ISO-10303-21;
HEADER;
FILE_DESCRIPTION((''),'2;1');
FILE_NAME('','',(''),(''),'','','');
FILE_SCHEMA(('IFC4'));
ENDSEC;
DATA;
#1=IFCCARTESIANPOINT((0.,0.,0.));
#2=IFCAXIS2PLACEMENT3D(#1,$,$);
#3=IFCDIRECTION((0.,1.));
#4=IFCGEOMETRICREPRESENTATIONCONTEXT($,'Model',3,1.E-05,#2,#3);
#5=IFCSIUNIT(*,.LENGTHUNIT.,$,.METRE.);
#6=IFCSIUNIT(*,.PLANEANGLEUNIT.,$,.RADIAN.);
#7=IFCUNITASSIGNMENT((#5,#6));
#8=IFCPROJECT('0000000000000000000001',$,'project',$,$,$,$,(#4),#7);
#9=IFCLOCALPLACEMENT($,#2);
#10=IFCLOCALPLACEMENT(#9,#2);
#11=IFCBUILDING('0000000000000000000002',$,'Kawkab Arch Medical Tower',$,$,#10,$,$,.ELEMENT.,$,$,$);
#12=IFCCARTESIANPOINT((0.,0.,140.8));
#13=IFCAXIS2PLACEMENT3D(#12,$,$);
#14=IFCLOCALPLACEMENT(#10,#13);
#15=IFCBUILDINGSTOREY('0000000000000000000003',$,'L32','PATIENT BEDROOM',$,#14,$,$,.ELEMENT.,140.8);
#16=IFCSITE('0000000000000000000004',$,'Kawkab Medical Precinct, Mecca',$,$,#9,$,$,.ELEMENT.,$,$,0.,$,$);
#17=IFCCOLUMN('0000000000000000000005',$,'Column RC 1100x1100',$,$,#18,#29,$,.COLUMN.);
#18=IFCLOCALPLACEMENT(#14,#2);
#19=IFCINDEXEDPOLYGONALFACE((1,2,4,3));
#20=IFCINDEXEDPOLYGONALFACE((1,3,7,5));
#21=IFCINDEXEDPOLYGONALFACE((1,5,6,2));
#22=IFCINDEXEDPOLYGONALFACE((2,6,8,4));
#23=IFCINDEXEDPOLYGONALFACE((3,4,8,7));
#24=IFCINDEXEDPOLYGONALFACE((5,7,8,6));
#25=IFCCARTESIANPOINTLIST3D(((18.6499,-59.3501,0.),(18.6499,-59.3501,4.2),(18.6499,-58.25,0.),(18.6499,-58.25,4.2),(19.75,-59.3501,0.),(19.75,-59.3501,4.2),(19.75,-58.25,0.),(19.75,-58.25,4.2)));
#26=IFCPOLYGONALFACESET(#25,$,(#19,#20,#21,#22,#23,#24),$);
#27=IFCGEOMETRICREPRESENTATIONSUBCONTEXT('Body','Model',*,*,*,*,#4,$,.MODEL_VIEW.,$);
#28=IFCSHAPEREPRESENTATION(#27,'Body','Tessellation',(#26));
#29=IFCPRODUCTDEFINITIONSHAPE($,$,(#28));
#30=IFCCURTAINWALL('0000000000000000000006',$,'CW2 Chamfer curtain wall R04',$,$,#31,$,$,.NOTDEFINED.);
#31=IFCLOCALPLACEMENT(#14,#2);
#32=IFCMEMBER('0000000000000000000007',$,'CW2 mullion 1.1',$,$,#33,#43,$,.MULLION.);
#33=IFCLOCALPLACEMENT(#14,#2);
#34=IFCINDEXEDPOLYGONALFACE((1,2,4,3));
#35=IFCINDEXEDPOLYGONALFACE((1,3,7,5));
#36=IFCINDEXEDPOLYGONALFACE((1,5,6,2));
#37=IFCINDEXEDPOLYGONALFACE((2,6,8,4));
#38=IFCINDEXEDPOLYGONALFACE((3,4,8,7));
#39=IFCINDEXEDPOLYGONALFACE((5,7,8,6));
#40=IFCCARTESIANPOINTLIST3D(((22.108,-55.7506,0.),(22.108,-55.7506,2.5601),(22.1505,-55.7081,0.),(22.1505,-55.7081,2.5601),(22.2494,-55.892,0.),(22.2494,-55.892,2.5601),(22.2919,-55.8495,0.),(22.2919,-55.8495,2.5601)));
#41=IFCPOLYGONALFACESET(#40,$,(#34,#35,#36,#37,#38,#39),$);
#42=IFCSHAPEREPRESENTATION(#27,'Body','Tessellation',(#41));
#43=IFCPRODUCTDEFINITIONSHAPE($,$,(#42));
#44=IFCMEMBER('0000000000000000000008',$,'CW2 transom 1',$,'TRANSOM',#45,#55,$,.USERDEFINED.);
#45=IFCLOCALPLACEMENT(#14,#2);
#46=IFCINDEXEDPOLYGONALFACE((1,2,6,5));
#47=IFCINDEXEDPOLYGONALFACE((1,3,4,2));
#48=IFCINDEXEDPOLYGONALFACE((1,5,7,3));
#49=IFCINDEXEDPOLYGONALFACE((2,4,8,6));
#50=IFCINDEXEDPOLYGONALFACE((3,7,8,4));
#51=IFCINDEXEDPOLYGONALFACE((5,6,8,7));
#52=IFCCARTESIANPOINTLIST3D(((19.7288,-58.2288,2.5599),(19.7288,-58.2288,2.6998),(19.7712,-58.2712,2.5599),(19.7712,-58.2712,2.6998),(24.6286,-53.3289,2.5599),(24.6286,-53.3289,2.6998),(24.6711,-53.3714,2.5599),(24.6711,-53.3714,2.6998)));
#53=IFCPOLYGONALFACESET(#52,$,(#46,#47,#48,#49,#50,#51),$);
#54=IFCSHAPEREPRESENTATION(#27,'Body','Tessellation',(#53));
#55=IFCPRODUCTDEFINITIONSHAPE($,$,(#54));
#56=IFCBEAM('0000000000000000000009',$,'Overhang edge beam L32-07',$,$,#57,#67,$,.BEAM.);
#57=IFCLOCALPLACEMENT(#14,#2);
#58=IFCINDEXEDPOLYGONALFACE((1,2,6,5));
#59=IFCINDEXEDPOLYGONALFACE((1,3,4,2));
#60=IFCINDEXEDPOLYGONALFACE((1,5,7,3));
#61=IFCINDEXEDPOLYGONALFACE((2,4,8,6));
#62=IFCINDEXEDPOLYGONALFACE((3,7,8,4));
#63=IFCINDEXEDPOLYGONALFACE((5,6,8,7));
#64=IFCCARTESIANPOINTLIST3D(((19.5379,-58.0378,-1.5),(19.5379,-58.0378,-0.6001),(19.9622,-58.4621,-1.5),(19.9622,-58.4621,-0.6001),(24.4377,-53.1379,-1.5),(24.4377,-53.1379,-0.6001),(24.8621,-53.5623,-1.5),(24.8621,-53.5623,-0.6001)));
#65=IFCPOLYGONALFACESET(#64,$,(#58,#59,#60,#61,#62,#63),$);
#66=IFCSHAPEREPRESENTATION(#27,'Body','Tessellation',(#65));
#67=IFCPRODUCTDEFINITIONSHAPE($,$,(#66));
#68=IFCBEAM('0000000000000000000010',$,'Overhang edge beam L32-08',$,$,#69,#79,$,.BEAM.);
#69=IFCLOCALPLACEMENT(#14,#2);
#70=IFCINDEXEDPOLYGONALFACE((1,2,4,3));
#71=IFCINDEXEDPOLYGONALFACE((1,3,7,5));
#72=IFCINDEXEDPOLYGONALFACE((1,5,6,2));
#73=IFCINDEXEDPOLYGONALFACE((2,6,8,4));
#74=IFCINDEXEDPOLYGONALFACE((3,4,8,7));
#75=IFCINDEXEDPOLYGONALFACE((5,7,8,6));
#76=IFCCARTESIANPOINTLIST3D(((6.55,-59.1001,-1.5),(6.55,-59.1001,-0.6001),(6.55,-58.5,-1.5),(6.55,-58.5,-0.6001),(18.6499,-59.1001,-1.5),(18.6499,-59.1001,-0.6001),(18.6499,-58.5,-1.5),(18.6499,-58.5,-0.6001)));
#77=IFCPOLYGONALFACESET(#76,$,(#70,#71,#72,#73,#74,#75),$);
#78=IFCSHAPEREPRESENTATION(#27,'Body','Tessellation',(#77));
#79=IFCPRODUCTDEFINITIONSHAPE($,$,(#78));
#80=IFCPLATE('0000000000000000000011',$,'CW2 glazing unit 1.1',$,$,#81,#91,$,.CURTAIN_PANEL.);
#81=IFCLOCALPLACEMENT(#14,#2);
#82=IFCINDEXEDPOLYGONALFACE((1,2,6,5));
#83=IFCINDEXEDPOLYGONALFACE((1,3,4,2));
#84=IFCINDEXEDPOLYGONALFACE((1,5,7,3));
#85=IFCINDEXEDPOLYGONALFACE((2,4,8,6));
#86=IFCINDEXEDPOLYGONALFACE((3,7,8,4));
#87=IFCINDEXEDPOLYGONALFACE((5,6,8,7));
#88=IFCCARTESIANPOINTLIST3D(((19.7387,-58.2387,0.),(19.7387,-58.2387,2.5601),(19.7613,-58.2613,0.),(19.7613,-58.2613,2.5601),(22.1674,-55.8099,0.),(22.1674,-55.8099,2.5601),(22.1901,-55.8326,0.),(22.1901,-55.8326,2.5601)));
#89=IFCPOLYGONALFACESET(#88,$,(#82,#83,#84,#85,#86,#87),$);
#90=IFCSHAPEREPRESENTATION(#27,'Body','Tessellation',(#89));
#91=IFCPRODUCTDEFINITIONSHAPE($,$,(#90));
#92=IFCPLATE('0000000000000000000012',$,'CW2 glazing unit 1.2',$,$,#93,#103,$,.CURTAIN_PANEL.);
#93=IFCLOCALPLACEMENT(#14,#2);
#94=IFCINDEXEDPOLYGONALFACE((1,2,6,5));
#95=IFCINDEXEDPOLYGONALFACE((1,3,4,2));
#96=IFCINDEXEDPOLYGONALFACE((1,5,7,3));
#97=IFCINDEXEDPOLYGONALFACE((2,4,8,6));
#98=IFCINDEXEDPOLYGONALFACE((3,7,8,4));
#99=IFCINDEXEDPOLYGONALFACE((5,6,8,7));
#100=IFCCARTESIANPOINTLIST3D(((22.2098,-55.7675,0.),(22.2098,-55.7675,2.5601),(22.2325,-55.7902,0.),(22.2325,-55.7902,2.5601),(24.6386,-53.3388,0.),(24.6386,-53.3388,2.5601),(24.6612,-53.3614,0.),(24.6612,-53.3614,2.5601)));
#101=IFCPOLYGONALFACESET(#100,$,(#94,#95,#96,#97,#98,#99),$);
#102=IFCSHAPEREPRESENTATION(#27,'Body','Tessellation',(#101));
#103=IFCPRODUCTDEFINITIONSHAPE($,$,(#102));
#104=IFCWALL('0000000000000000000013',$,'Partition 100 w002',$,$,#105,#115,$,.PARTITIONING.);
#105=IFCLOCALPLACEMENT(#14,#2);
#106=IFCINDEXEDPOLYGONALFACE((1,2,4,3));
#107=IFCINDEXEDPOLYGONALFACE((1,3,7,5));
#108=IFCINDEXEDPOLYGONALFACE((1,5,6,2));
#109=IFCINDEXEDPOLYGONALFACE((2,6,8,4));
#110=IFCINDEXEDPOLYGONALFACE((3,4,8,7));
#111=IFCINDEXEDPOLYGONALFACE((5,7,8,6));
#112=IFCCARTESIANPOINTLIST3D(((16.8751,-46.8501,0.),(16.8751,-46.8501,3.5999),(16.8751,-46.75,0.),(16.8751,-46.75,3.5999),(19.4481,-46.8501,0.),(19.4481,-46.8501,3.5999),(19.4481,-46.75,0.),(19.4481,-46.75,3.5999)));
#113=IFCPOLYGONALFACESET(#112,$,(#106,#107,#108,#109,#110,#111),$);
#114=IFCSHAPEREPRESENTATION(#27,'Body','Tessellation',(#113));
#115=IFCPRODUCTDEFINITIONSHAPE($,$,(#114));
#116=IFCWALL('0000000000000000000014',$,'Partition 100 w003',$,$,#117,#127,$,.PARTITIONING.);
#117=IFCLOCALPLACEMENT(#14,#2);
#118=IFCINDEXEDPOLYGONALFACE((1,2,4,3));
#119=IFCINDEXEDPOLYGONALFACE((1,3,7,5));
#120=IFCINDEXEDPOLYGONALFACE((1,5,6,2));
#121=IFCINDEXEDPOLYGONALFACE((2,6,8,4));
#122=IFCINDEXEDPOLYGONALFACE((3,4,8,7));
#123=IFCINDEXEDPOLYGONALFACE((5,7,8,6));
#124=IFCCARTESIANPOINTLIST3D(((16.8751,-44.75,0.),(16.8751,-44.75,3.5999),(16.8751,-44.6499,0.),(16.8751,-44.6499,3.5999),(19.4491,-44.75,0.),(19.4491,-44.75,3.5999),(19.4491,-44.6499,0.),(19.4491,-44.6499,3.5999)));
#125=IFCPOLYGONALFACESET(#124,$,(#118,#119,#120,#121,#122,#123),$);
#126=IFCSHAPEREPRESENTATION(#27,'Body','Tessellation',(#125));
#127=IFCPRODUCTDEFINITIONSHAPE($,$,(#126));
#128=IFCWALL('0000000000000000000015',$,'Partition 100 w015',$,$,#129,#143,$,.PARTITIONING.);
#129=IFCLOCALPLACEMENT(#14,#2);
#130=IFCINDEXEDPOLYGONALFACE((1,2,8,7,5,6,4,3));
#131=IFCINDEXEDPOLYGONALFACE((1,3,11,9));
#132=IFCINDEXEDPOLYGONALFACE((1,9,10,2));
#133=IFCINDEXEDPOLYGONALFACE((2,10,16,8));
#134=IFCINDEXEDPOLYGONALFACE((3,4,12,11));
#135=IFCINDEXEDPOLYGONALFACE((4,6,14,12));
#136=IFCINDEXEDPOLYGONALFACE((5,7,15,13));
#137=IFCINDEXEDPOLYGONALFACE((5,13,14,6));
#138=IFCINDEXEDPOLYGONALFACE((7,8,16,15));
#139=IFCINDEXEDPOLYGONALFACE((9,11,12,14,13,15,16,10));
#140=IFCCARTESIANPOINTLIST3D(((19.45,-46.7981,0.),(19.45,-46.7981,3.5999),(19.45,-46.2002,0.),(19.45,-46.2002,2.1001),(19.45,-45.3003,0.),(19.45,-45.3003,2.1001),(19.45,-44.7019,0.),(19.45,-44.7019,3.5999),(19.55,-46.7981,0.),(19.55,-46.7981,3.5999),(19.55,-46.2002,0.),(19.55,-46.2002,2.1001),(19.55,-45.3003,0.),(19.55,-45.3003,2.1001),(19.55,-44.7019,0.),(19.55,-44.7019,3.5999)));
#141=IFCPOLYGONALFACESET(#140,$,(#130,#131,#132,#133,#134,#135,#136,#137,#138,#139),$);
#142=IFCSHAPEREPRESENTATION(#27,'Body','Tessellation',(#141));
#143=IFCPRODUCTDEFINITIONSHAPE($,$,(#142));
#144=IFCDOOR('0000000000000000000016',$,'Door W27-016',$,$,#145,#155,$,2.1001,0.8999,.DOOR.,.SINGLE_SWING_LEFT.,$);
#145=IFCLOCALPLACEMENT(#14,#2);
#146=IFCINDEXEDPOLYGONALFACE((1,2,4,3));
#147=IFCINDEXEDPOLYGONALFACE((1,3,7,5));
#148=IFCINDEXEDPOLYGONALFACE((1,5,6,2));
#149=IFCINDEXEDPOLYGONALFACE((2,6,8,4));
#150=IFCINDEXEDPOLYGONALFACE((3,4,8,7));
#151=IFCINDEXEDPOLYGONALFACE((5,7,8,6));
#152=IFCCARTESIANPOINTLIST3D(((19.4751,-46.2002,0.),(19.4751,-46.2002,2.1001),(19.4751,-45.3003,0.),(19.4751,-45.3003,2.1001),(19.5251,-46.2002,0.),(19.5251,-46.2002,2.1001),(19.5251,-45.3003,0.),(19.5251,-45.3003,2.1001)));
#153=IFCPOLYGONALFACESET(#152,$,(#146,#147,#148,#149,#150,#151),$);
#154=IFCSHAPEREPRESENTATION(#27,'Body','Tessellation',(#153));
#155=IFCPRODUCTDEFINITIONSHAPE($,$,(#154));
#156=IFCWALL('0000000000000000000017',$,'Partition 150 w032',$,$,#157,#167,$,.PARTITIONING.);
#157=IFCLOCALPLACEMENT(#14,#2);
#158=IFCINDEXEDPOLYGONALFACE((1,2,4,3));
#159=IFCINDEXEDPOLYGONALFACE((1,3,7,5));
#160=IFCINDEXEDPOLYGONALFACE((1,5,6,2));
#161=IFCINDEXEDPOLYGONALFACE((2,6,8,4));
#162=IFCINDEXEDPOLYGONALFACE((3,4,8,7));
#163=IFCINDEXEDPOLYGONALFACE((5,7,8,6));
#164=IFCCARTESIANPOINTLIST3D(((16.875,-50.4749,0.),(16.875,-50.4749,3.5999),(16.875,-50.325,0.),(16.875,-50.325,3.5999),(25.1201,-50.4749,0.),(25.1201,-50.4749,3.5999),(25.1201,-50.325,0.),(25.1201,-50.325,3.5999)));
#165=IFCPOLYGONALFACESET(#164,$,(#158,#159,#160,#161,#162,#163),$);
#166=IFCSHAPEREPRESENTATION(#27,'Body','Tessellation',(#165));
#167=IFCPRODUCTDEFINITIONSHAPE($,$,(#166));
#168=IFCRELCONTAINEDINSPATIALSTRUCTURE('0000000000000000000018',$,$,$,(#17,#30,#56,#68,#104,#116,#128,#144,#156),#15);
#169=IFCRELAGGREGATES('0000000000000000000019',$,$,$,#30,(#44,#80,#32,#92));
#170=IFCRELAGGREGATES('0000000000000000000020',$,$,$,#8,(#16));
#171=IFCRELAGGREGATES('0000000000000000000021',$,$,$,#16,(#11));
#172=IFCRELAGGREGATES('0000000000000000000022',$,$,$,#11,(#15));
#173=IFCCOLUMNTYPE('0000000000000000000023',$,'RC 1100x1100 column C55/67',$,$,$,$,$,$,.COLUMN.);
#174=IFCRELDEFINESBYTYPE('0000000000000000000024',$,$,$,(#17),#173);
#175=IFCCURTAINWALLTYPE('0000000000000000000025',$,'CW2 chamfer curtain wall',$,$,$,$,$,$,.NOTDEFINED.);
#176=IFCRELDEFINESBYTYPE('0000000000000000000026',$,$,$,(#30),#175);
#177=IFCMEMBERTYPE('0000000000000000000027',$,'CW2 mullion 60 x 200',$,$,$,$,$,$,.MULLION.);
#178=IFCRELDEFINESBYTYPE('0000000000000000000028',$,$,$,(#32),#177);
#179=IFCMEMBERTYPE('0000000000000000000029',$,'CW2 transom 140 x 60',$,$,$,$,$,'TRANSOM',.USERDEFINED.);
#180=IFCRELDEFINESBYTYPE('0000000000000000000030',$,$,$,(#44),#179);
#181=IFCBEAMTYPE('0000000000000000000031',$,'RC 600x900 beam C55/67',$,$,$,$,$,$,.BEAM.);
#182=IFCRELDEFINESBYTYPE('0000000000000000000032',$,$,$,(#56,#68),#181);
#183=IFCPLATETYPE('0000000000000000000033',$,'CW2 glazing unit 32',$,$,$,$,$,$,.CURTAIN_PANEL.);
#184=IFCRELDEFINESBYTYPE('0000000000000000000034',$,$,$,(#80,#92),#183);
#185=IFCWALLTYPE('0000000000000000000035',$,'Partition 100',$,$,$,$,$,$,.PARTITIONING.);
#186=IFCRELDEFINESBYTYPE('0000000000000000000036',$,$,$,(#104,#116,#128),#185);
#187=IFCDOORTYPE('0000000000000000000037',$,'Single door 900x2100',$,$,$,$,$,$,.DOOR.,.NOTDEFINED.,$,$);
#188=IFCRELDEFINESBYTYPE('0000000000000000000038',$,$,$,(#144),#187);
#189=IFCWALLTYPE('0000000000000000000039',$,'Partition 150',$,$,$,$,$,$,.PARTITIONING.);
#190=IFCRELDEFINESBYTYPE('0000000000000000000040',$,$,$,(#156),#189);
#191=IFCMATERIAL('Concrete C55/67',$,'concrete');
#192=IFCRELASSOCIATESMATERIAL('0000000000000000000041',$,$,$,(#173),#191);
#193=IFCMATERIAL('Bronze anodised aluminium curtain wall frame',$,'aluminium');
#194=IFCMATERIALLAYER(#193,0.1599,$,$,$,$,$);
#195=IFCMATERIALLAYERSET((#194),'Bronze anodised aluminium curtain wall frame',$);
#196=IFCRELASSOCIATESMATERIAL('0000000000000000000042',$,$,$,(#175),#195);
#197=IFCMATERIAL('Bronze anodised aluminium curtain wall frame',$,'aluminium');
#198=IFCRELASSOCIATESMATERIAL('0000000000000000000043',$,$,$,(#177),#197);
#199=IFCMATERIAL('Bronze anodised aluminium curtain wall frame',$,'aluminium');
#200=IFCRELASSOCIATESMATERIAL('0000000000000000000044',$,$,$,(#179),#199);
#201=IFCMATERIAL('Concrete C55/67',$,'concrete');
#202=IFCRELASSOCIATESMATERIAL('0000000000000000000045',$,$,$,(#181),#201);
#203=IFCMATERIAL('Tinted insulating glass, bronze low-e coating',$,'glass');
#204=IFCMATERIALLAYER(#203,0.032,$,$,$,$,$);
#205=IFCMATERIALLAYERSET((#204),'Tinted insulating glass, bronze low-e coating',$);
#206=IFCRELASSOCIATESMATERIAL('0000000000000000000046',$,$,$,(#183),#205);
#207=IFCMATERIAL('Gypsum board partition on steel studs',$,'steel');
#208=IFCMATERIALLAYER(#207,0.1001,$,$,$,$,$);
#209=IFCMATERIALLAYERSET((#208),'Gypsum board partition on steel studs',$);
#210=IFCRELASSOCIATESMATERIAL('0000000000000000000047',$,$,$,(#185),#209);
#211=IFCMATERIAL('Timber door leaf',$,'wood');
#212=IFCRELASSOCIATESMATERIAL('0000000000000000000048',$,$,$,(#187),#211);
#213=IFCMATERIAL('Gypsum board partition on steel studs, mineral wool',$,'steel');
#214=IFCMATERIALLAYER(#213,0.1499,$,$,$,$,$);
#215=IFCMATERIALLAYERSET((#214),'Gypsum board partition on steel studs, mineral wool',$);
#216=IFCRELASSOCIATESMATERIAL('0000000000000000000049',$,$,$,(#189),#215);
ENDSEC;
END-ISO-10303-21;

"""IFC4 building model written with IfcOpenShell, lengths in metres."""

from ifc_helpers import new_model, si_unit, direction, frame, frame_2d, origin, origin_2d, place, context, subcontext, project, spatial, rectangle, extrude, material, layer, layer_set, material_profile, profile_set, type_object, element, fill, aggregate, save


model = new_model("IFC4")

# Units and contexts
model_context = context("Model", 3, precision=1e-05, world=origin(), true_north=direction((0.0, 1.0)))
body_context = subcontext(model_context, "Body", "Model", "MODEL_VIEW")
ifc_project = project(units=[si_unit("LENGTHUNIT", "METRE"), si_unit("PLANEANGLEUNIT", "RADIAN")], contexts=[model_context])

# Site, building, storey
site_placement = place(None, origin())
site = spatial("IfcSite", under=ifc_project, at=site_placement, Name="Kawkab Medical Precinct, Mecca", CompositionType="ELEMENT", RefElevation=0.0)
building_placement = place(site_placement, origin())
building = spatial("IfcBuilding", under=site, at=building_placement, Name="Kawkab Arch Medical Tower", CompositionType="ELEMENT")
storey_placement = place(building_placement, frame((0.0, 0.0, 140.8)))
storey = spatial("IfcBuildingStorey", under=building, at=storey_placement, Name="L32", Description="PATIENT BEDROOM", CompositionType="ELEMENT", Elevation=140.8)

# Column
ifc_material_1 = material(Name="Concrete C55/67", Category="concrete")
ifc_material_profile_1 = material_profile(ifc_material_1, rectangle(XDim=1.1001, YDim=1.1001, at=origin_2d()), Name="RC 1100x1100")
ifc_profile_set_1 = profile_set([ifc_material_profile_1], Name="Concrete C55/67")
column_type = type_object("IfcColumnType", Name="RC 1100x1100 column C55/67", PredefinedType="COLUMN", material=ifc_profile_set_1)
column_placement = place(storey_placement, frame((19.2, -58.8, 0.0), z_axis=(0.0, 0.0, 1.0), x_axis=(1.0, 0.0, 0.0)))
element("IfcColumn", 1, at=column_placement, inside=storey, type_object=column_type, Name="Column RC 1100x1100", PredefinedType="COLUMN", context=body_context, shape_type="SweptSolid", body=[
    extrude(rectangle(XDim=1.1001, YDim=1.1001, at=origin_2d()), origin(), (0.0, 0.0, 1.0), 4.2),
])

# Curtain wall, members
ifc_material_2 = material(Name="Bronze anodised aluminium curtain wall frame", Category="aluminium")
ifc_layer_1 = layer(ifc_material_2, 0.1599)
ifc_layer_set_1 = layer_set([ifc_layer_1], Name="Bronze anodised aluminium curtain wall frame")
curtain_wall_type = type_object("IfcCurtainWallType", Name="CW2 chamfer curtain wall", PredefinedType="NOTDEFINED", material=ifc_layer_set_1)
curtain_wall_placement = place(storey_placement, origin())
curtain_wall = element("IfcCurtainWall", 2, at=curtain_wall_placement, inside=storey, type_object=curtain_wall_type, Name="CW2 Chamfer curtain wall R04", PredefinedType="NOTDEFINED")
ifc_material_3 = material(Name="Bronze anodised aluminium curtain wall frame", Category="aluminium")
ifc_material_profile_2 = material_profile(ifc_material_3, rectangle(XDim=0.2, YDim=0.0601, at=origin_2d()), Name="AL 60x200")
ifc_profile_set_2 = profile_set([ifc_material_profile_2], Name="Bronze anodised aluminium curtain wall frame")
member_type_1 = type_object("IfcMemberType", Name="CW2 mullion 60 x 200", PredefinedType="MULLION", material=ifc_profile_set_2)
member_1_placement = place(storey_placement, frame((22.2, -55.8, 0.0), z_axis=(0.0, 0.0, 1.0), x_axis=(-0.707107, 0.707107, 0.0)))
member_1 = element("IfcMember", 3, at=member_1_placement, type_object=member_type_1, Name="CW2 mullion 1.1", PredefinedType="MULLION", context=body_context, shape_type="SweptSolid", body=[
    extrude(rectangle(XDim=0.2, YDim=0.0601, at=origin_2d()), origin(), (0.0, 0.0, 1.0), 2.5601),
])
ifc_material_4 = material(Name="Bronze anodised aluminium curtain wall frame", Category="aluminium")
ifc_material_profile_3 = material_profile(ifc_material_4, rectangle(XDim=0.0601, YDim=0.1399, at=origin_2d()), Name="AL 60x140")
ifc_profile_set_3 = profile_set([ifc_material_profile_3], Name="Bronze anodised aluminium curtain wall frame")
member_type_2 = type_object("IfcMemberType", Name="CW2 transom 140 x 60", ElementType="TRANSOM", PredefinedType="USERDEFINED", material=ifc_profile_set_3)
member_2_placement = place(storey_placement, frame((19.75, -58.25, 2.6299), z_axis=(0.707107, 0.707107, 0.0), x_axis=(-0.707107, 0.707107, 0.0)))
member_2 = element("IfcMember", 4, at=member_2_placement, type_object=member_type_2, Name="CW2 transom 1", ObjectType="TRANSOM", PredefinedType="USERDEFINED", context=body_context, shape_type="SweptSolid", body=[
    extrude(rectangle(XDim=0.0601, YDim=0.1399, at=origin_2d()), origin(), (0.0, 0.0, 1.0), 6.9294),
])

# Beams
ifc_material_5 = material(Name="Concrete C55/67", Category="concrete")
ifc_material_profile_4 = material_profile(ifc_material_5, rectangle(XDim=0.6001, YDim=0.8999, at=origin_2d()), Name="RC 600x900")
ifc_profile_set_4 = profile_set([ifc_material_profile_4], Name="Concrete C55/67")
beam_type = type_object("IfcBeamType", Name="RC 600x900 beam C55/67", PredefinedType="BEAM", material=ifc_profile_set_4)
beam_1_placement = place(storey_placement, frame((24.6499, -53.3501, -1.05), z_axis=(-0.707107, -0.707107, 0.0), x_axis=(0.707107, -0.707107, 0.0)))
element("IfcBeam", 5, at=beam_1_placement, inside=storey, type_object=beam_type, Name="Overhang edge beam L32-07", PredefinedType="BEAM", context=body_context, shape_type="SweptSolid", body=[
    extrude(rectangle(XDim=0.6001, YDim=0.8999, at=origin_2d()), origin(), (0.0, 0.0, 1.0), 6.9294),
])
beam_2_placement = place(storey_placement, frame((18.6499, -58.8, -1.05), z_axis=(-1.0, 0.0, 0.0), x_axis=(0.0, -1.0, 0.0)))
element("IfcBeam", 6, at=beam_2_placement, inside=storey, type_object=beam_type, Name="Overhang edge beam L32-08", PredefinedType="BEAM", context=body_context, shape_type="SweptSolid", body=[
    extrude(rectangle(XDim=0.6001, YDim=0.8999, at=origin_2d()), origin(), (0.0, 0.0, 1.0), 12.0999),
])

# Plates
ifc_material_6 = material(Name="Tinted insulating glass, bronze low-e coating", Category="glass")
ifc_layer_2 = layer(ifc_material_6, 0.032)
ifc_layer_set_2 = layer_set([ifc_layer_2], Name="Tinted insulating glass, bronze low-e coating")
plate_type = type_object("IfcPlateType", Name="CW2 glazing unit 32", PredefinedType="CURTAIN_PANEL", material=ifc_layer_set_2)
plate_1_placement = place(storey_placement, frame((20.9644, -57.0356, 0.0), z_axis=(0.0, 0.0, 1.0), x_axis=(0.707107, 0.707107, 0.0)))
plate_1 = element("IfcPlate", 7, at=plate_1_placement, type_object=plate_type, Name="CW2 glazing unit 1.1", PredefinedType="CURTAIN_PANEL", context=body_context, shape_type="SweptSolid", body=[
    extrude(rectangle(XDim=3.4348, YDim=0.032, at=origin_2d()), origin(), (0.0, 0.0, 1.0), 2.5601),
])
plate_2_placement = place(storey_placement, frame((23.4355, -54.5645, 0.0), z_axis=(0.0, 0.0, 1.0), x_axis=(0.707107, 0.707107, 0.0)))
plate_2 = element("IfcPlate", 8, at=plate_2_placement, type_object=plate_type, Name="CW2 glazing unit 1.2", PredefinedType="CURTAIN_PANEL", context=body_context, shape_type="SweptSolid", body=[
    extrude(rectangle(XDim=3.4348, YDim=0.032, at=origin_2d()), origin(), (0.0, 0.0, 1.0), 2.5601),
])
aggregate(curtain_wall, [member_2, plate_1, member_1, plate_2])

# Walls
ifc_material_7 = material(Name="Gypsum board partition on steel studs", Category="steel")
ifc_layer_3 = layer(ifc_material_7, 0.1001)
ifc_layer_set_3 = layer_set([ifc_layer_3], Name="Gypsum board partition on steel studs")
wall_type_1 = type_object("IfcWallType", Name="Partition 100", PredefinedType="PARTITIONING", material=ifc_layer_set_3)
wall_1_placement = place(storey_placement, frame((16.875, -46.8, 0.0), z_axis=(0.0, 0.0, 1.0), x_axis=(1.0, 0.0, 0.0)))
element("IfcWall", 9, at=wall_1_placement, inside=storey, type_object=wall_type_1, Name="Partition 100 w002", PredefinedType="PARTITIONING", context=body_context, shape_type="SweptSolid", body=[
    extrude(rectangle(XDim=2.573, YDim=0.1001, at=frame_2d((1.2866, 0.0))), origin(), (0.0, 0.0, 1.0), 3.5999),
])
wall_2_placement = place(storey_placement, frame((16.875, -44.7, 0.0), z_axis=(0.0, 0.0, 1.0), x_axis=(1.0, 0.0, 0.0)))
element("IfcWall", 10, at=wall_2_placement, inside=storey, type_object=wall_type_1, Name="Partition 100 w003", PredefinedType="PARTITIONING", context=body_context, shape_type="SweptSolid", body=[
    extrude(rectangle(XDim=2.574, YDim=0.1001, at=frame_2d((1.2871, 0.0))), origin(), (0.0, 0.0, 1.0), 3.5999),
])

# Wall, opening, door
wall_3_placement = place(storey_placement, frame((19.5, -46.7981, 0.0), z_axis=(0.0, 0.0, 1.0), x_axis=(0.0, 1.0, 0.0)))
wall_3 = element("IfcWall", 11, at=wall_3_placement, inside=storey, type_object=wall_type_1, Name="Partition 100 w015", PredefinedType="PARTITIONING", context=body_context, shape_type="SweptSolid", body=[
    extrude(rectangle(XDim=2.0962, YDim=0.1001, at=frame_2d((1.0481, 0.0))), origin(), (0.0, 0.0, 1.0), 3.5999),
])
opening_placement = place(wall_3_placement, frame((0.5979, 0.0, 0.0)))
opening = element("IfcOpeningElement", 12, at=opening_placement, cuts=wall_3, PredefinedType="OPENING", context=body_context, shape_type="SweptSolid", body=[
    extrude(rectangle(XDim=0.8999, YDim=2.1001, at=frame_2d((0.45, 1.05))), frame((0.0, 0.0601, 0.0), z_axis=(0.0, -1.0, 0.0), x_axis=(1.0, 0.0, 0.0)), (0.0, 0.0, 1.0), 0.1201),
])
ifc_material_8 = material(Name="Timber door leaf", Category="wood")
door_type = type_object("IfcDoorType", Name="Single door 900x2100", OperationType="NOTDEFINED", PredefinedType="DOOR", material=ifc_material_8)
door_placement = place(opening_placement, origin())
door = element("IfcDoor", 13, at=door_placement, inside=storey, type_object=door_type, Name="Door W27-016", OperationType="SINGLE_SWING_LEFT", OverallHeight=2.1001, OverallWidth=0.8999, PredefinedType="DOOR", context=body_context, shape_type="SweptSolid", body=[
    extrude(rectangle(XDim=0.8999, YDim=2.1001, at=frame_2d((0.45, 1.05))), frame((0.0, 0.0249, 0.0), z_axis=(0.0, -1.0, 0.0), x_axis=(1.0, 0.0, 0.0)), (0.0, 0.0, 1.0), 0.05),
])
fill(opening, door)

# Wall
ifc_material_9 = material(Name="Gypsum board partition on steel studs, mineral wool", Category="steel")
ifc_layer_4 = layer(ifc_material_9, 0.1499)
ifc_layer_set_4 = layer_set([ifc_layer_4], Name="Gypsum board partition on steel studs, mineral wool")
wall_type_2 = type_object("IfcWallType", Name="Partition 150", PredefinedType="PARTITIONING", material=ifc_layer_set_4)
wall_4_placement = place(storey_placement, frame((16.875, -50.3999, 0.0), z_axis=(0.0, 0.0, 1.0), x_axis=(1.0, 0.0, 0.0)))
element("IfcWall", 14, at=wall_4_placement, inside=storey, type_object=wall_type_2, Name="Partition 150 w032", PredefinedType="PARTITIONING", context=body_context, shape_type="SweptSolid", body=[
    extrude(rectangle(XDim=8.2451, YDim=0.1499, at=frame_2d((4.1226, 0.0))), origin(), (0.0, 0.0, 1.0), 3.5999),
])

save(model, "model.ifc")
